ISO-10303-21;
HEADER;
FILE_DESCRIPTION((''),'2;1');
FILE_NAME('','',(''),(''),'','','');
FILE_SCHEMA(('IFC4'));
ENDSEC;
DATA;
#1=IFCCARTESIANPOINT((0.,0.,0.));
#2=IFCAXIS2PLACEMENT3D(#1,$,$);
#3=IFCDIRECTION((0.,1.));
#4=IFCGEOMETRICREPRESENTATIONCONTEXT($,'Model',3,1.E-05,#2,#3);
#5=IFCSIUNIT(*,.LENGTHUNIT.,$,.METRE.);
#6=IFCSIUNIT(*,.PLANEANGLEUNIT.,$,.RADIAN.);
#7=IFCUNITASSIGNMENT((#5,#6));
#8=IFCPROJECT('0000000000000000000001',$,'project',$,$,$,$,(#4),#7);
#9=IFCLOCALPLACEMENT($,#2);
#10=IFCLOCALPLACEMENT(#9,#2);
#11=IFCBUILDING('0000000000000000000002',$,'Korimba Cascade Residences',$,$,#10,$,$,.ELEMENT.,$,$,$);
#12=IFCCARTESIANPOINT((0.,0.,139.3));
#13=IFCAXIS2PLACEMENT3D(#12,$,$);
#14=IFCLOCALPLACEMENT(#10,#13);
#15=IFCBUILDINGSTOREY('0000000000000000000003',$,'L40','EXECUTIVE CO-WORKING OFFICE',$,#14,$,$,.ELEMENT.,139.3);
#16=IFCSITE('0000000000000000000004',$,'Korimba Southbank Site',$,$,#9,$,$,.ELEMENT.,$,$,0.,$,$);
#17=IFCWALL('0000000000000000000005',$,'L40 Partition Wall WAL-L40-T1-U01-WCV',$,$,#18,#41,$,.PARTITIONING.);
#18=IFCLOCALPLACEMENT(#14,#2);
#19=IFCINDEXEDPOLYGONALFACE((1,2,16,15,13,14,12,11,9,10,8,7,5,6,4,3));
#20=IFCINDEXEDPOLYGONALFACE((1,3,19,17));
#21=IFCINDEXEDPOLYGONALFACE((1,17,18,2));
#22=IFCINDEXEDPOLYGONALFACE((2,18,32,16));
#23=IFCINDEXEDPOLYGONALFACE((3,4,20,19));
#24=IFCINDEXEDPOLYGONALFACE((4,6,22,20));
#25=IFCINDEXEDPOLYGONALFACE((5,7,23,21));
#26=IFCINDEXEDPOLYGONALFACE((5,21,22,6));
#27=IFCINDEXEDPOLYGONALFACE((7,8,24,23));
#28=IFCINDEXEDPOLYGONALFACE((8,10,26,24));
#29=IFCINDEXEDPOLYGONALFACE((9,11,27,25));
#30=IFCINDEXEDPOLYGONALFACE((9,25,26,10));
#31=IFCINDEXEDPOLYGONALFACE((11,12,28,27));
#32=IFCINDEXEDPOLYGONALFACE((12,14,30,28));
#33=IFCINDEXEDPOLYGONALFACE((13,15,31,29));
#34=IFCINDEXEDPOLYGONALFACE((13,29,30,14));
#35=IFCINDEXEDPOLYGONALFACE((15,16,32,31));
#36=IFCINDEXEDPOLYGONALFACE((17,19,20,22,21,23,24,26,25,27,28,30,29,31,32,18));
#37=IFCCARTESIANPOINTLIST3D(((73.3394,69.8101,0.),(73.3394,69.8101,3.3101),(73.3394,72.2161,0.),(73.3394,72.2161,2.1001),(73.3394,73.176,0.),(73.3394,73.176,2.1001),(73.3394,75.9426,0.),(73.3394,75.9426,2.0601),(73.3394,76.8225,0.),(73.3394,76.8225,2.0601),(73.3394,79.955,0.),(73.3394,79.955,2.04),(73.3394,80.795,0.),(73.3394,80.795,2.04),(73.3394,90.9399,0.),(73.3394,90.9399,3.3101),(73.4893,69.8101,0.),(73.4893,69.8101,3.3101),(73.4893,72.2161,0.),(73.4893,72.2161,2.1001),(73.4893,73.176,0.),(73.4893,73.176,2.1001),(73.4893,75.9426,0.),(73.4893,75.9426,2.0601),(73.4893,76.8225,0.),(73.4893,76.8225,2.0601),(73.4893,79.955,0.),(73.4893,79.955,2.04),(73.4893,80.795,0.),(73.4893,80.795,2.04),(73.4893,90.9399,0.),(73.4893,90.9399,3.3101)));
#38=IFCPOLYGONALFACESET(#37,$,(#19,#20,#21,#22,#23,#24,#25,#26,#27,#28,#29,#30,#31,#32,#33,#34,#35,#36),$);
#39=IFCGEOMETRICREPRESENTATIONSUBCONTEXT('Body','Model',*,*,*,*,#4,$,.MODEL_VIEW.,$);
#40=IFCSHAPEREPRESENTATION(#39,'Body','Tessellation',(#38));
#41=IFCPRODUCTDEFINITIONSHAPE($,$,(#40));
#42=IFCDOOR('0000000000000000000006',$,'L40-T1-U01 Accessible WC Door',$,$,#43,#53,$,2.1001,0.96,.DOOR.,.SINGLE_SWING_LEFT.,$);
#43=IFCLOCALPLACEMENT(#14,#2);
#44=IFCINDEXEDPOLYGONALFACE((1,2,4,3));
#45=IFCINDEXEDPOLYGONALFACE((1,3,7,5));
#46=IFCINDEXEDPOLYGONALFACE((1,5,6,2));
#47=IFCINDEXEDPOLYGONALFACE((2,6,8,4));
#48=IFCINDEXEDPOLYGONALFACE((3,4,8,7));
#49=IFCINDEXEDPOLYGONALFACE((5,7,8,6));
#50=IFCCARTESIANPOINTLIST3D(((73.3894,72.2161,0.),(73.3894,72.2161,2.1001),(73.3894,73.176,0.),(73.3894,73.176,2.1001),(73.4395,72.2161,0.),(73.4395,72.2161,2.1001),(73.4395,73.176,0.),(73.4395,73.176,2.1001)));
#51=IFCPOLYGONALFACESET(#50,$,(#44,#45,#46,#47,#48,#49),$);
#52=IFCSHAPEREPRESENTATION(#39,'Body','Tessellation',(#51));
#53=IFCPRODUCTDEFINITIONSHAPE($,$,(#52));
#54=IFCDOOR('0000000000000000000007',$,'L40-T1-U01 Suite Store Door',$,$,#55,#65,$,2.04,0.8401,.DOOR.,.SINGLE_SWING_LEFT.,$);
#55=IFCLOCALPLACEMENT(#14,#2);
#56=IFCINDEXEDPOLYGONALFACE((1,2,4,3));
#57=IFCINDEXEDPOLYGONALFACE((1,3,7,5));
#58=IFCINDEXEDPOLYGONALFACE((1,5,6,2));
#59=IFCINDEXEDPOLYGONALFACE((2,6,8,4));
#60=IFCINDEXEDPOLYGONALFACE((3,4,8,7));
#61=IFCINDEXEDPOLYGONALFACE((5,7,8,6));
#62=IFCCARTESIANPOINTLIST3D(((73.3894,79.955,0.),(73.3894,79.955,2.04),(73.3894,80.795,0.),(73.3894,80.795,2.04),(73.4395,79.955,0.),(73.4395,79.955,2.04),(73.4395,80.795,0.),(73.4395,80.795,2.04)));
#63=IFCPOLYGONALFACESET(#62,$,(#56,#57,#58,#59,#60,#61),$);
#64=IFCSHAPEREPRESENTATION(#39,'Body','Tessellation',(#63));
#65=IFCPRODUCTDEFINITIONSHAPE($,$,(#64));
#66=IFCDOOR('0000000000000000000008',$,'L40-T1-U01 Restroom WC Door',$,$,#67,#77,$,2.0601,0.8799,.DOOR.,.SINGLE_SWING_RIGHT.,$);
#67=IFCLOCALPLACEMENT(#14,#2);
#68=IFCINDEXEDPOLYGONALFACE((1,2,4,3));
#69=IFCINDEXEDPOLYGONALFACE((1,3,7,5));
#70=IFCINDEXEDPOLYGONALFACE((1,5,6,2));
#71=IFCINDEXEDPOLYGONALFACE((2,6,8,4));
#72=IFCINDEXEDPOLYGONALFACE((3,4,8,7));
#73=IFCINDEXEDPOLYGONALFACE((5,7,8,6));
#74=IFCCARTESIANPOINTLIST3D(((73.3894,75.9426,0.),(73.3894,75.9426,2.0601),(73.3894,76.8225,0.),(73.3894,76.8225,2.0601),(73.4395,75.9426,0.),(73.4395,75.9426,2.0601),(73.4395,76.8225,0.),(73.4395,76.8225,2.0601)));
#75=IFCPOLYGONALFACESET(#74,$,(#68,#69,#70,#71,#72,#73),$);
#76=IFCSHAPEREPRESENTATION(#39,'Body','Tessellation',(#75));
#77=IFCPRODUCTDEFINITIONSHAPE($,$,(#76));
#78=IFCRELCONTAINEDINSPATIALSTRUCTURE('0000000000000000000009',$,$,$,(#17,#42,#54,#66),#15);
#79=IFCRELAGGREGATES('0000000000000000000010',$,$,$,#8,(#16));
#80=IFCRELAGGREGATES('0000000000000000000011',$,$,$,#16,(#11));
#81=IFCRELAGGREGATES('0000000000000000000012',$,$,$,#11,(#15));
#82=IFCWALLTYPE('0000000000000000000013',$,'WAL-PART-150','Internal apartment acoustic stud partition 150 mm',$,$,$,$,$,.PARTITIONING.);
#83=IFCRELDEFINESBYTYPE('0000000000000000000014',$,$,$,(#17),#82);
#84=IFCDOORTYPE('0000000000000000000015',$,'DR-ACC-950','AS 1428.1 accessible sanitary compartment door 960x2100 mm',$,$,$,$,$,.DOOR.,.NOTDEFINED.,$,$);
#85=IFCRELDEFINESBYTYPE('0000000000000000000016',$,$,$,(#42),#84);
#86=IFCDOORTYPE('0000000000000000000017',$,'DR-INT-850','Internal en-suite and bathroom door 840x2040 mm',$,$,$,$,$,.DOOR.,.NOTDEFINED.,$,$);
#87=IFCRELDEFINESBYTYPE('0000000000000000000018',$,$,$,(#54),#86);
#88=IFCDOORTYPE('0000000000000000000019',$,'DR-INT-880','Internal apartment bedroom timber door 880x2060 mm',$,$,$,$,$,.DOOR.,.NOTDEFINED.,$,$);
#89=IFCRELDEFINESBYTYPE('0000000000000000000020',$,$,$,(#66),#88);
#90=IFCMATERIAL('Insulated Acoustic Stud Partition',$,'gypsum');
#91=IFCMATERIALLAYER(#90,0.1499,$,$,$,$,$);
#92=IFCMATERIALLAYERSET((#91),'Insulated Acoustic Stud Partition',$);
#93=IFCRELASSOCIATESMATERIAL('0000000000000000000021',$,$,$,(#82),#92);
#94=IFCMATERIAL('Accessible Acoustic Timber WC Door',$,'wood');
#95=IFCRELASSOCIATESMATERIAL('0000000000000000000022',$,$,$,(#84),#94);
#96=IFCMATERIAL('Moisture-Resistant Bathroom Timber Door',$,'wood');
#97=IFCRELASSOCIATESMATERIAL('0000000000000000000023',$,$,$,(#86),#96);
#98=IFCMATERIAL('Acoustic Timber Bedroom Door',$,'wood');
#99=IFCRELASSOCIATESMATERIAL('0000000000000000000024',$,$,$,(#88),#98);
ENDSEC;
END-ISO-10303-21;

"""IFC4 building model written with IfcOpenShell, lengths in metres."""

from ifc_helpers import new_model, si_unit, direction, frame, frame_2d, origin, place, context, subcontext, project, spatial, rectangle, extrude, material, layer, layer_set, type_object, element, fill, save


model = new_model("IFC4")

# Units and contexts
model_context = context("Model", 3, precision=1e-05, world=origin(), true_north=direction((0.0, 1.0)))
body_context = subcontext(model_context, "Body", "Model", "MODEL_VIEW")
ifc_project = project(units=[si_unit("LENGTHUNIT", "METRE"), si_unit("PLANEANGLEUNIT", "RADIAN")], contexts=[model_context])

# Site, building, storey
site_placement = place(None, origin())
site = spatial("IfcSite", under=ifc_project, at=site_placement, Name="Korimba Southbank Site", CompositionType="ELEMENT", RefElevation=0.0)
building_placement = place(site_placement, origin())
building = spatial("IfcBuilding", under=site, at=building_placement, Name="Korimba Cascade Residences", CompositionType="ELEMENT")
storey_placement = place(building_placement, frame((0.0, 0.0, 139.3)))
storey = spatial("IfcBuildingStorey", under=building, at=storey_placement, Name="L40", Description="EXECUTIVE CO-WORKING OFFICE", CompositionType="ELEMENT", Elevation=139.3)

# Shared definitions
ifc_material_1 = material(Name="Insulated Acoustic Stud Partition", Category="gypsum")
ifc_layer_1 = layer(ifc_material_1, 0.1499)
ifc_layer_set_1 = layer_set([ifc_layer_1], Name="Insulated Acoustic Stud Partition")
wall_type_1 = type_object("IfcWallType", Name="WAL-PART-150", Description="Internal apartment acoustic stud partition 150 mm", PredefinedType="PARTITIONING", material=ifc_layer_set_1)

# Wall, openings, doors
wall_1_placement = place(storey_placement, frame((73.4143, 69.8101, 0.0), z_axis=(0.0, 0.0, 1.0), x_axis=(0.0, 1.0, 0.0)))
wall_1 = element("IfcWall", 1, at=wall_1_placement, inside=storey, type_object=wall_type_1, Name="L40 Partition Wall WAL-L40-T1-U01-WCV", PredefinedType="PARTITIONING", context=body_context, shape_type="SweptSolid", body=[
    extrude(rectangle(XDim=21.1299, YDim=0.1499, at=frame_2d((10.5649, 0.0))), origin(), (0.0, 0.0, 1.0), 3.3101),
])
opening_1_placement = place(wall_1_placement, frame((2.406, 0.0, 0.0)))
opening_1 = element("IfcOpeningElement", 2, at=opening_1_placement, cuts=wall_1, PredefinedType="OPENING", context=body_context, shape_type="SweptSolid", body=[
    extrude(rectangle(XDim=0.96, YDim=2.1001, at=frame_2d((0.48, 1.05))), frame((0.0, 0.085, 0.0), z_axis=(0.0, -1.0, 0.0), x_axis=(1.0, 0.0, 0.0)), (0.0, 0.0, 1.0), 0.1699),
])
opening_2_placement = place(wall_1_placement, frame((6.1326, 0.0, 0.0)))
opening_2 = element("IfcOpeningElement", 3, at=opening_2_placement, cuts=wall_1, PredefinedType="OPENING", context=body_context, shape_type="SweptSolid", body=[
    extrude(rectangle(XDim=0.8799, YDim=2.0601, at=frame_2d((0.4399, 1.03))), frame((0.0, 0.085, 0.0), z_axis=(0.0, -1.0, 0.0), x_axis=(1.0, 0.0, 0.0)), (0.0, 0.0, 1.0), 0.1699),
])
opening_3_placement = place(wall_1_placement, frame((10.145, 0.0, 0.0)))
opening_3 = element("IfcOpeningElement", 4, at=opening_3_placement, cuts=wall_1, PredefinedType="OPENING", context=body_context, shape_type="SweptSolid", body=[
    extrude(rectangle(XDim=0.8401, YDim=2.04, at=frame_2d((0.4199, 1.02))), frame((0.0, 0.085, 0.0), z_axis=(0.0, -1.0, 0.0), x_axis=(1.0, 0.0, 0.0)), (0.0, 0.0, 1.0), 0.1699),
])
ifc_material_2 = material(Name="Accessible Acoustic Timber WC Door", Category="wood")
door_type_1 = type_object("IfcDoorType", Name="DR-ACC-950", Description="AS 1428.1 accessible sanitary compartment door 960x2100 mm", OperationType="NOTDEFINED", PredefinedType="DOOR", material=ifc_material_2)
door_1_placement = place(opening_1_placement, origin())
door_1 = element("IfcDoor", 5, at=door_1_placement, inside=storey, type_object=door_type_1, Name="L40-T1-U01 Accessible WC Door", OperationType="SINGLE_SWING_LEFT", OverallHeight=2.1001, OverallWidth=0.96, PredefinedType="DOOR", context=body_context, shape_type="SweptSolid", body=[
    extrude(rectangle(XDim=0.96, YDim=2.1001, at=frame_2d((0.48, 1.05))), frame((0.0, 0.0249, 0.0), z_axis=(0.0, -1.0, 0.0), x_axis=(1.0, 0.0, 0.0)), (0.0, 0.0, 1.0), 0.05),
])
fill(opening_1, door_1)
ifc_material_3 = material(Name="Moisture-Resistant Bathroom Timber Door", Category="wood")
door_type_2 = type_object("IfcDoorType", Name="DR-INT-850", Description="Internal en-suite and bathroom door 840x2040 mm", OperationType="NOTDEFINED", PredefinedType="DOOR", material=ifc_material_3)
door_2_placement = place(opening_3_placement, origin())
door_2 = element("IfcDoor", 6, at=door_2_placement, inside=storey, type_object=door_type_2, Name="L40-T1-U01 Suite Store Door", OperationType="SINGLE_SWING_LEFT", OverallHeight=2.04, OverallWidth=0.8401, PredefinedType="DOOR", context=body_context, shape_type="SweptSolid", body=[
    extrude(rectangle(XDim=0.8401, YDim=2.04, at=frame_2d((0.4199, 1.02))), frame((0.0, 0.0249, 0.0), z_axis=(0.0, -1.0, 0.0), x_axis=(1.0, 0.0, 0.0)), (0.0, 0.0, 1.0), 0.05),
])
fill(opening_3, door_2)
ifc_material_4 = material(Name="Acoustic Timber Bedroom Door", Category="wood")
door_type_3 = type_object("IfcDoorType", Name="DR-INT-880", Description="Internal apartment bedroom timber door 880x2060 mm", OperationType="NOTDEFINED", PredefinedType="DOOR", material=ifc_material_4)
door_3_placement = place(opening_2_placement, origin())
door_3 = element("IfcDoor", 7, at=door_3_placement, inside=storey, type_object=door_type_3, Name="L40-T1-U01 Restroom WC Door", OperationType="SINGLE_SWING_RIGHT", OverallHeight=2.0601, OverallWidth=0.8799, PredefinedType="DOOR", context=body_context, shape_type="SweptSolid", body=[
    extrude(rectangle(XDim=0.8799, YDim=2.0601, at=frame_2d((0.4399, 1.03))), frame((0.0, 0.0249, 0.0), z_axis=(0.0, -1.0, 0.0), x_axis=(1.0, 0.0, 0.0)), (0.0, 0.0, 1.0), 0.05),
])
fill(opening_2, door_3)

save(model, "model.ifc")
